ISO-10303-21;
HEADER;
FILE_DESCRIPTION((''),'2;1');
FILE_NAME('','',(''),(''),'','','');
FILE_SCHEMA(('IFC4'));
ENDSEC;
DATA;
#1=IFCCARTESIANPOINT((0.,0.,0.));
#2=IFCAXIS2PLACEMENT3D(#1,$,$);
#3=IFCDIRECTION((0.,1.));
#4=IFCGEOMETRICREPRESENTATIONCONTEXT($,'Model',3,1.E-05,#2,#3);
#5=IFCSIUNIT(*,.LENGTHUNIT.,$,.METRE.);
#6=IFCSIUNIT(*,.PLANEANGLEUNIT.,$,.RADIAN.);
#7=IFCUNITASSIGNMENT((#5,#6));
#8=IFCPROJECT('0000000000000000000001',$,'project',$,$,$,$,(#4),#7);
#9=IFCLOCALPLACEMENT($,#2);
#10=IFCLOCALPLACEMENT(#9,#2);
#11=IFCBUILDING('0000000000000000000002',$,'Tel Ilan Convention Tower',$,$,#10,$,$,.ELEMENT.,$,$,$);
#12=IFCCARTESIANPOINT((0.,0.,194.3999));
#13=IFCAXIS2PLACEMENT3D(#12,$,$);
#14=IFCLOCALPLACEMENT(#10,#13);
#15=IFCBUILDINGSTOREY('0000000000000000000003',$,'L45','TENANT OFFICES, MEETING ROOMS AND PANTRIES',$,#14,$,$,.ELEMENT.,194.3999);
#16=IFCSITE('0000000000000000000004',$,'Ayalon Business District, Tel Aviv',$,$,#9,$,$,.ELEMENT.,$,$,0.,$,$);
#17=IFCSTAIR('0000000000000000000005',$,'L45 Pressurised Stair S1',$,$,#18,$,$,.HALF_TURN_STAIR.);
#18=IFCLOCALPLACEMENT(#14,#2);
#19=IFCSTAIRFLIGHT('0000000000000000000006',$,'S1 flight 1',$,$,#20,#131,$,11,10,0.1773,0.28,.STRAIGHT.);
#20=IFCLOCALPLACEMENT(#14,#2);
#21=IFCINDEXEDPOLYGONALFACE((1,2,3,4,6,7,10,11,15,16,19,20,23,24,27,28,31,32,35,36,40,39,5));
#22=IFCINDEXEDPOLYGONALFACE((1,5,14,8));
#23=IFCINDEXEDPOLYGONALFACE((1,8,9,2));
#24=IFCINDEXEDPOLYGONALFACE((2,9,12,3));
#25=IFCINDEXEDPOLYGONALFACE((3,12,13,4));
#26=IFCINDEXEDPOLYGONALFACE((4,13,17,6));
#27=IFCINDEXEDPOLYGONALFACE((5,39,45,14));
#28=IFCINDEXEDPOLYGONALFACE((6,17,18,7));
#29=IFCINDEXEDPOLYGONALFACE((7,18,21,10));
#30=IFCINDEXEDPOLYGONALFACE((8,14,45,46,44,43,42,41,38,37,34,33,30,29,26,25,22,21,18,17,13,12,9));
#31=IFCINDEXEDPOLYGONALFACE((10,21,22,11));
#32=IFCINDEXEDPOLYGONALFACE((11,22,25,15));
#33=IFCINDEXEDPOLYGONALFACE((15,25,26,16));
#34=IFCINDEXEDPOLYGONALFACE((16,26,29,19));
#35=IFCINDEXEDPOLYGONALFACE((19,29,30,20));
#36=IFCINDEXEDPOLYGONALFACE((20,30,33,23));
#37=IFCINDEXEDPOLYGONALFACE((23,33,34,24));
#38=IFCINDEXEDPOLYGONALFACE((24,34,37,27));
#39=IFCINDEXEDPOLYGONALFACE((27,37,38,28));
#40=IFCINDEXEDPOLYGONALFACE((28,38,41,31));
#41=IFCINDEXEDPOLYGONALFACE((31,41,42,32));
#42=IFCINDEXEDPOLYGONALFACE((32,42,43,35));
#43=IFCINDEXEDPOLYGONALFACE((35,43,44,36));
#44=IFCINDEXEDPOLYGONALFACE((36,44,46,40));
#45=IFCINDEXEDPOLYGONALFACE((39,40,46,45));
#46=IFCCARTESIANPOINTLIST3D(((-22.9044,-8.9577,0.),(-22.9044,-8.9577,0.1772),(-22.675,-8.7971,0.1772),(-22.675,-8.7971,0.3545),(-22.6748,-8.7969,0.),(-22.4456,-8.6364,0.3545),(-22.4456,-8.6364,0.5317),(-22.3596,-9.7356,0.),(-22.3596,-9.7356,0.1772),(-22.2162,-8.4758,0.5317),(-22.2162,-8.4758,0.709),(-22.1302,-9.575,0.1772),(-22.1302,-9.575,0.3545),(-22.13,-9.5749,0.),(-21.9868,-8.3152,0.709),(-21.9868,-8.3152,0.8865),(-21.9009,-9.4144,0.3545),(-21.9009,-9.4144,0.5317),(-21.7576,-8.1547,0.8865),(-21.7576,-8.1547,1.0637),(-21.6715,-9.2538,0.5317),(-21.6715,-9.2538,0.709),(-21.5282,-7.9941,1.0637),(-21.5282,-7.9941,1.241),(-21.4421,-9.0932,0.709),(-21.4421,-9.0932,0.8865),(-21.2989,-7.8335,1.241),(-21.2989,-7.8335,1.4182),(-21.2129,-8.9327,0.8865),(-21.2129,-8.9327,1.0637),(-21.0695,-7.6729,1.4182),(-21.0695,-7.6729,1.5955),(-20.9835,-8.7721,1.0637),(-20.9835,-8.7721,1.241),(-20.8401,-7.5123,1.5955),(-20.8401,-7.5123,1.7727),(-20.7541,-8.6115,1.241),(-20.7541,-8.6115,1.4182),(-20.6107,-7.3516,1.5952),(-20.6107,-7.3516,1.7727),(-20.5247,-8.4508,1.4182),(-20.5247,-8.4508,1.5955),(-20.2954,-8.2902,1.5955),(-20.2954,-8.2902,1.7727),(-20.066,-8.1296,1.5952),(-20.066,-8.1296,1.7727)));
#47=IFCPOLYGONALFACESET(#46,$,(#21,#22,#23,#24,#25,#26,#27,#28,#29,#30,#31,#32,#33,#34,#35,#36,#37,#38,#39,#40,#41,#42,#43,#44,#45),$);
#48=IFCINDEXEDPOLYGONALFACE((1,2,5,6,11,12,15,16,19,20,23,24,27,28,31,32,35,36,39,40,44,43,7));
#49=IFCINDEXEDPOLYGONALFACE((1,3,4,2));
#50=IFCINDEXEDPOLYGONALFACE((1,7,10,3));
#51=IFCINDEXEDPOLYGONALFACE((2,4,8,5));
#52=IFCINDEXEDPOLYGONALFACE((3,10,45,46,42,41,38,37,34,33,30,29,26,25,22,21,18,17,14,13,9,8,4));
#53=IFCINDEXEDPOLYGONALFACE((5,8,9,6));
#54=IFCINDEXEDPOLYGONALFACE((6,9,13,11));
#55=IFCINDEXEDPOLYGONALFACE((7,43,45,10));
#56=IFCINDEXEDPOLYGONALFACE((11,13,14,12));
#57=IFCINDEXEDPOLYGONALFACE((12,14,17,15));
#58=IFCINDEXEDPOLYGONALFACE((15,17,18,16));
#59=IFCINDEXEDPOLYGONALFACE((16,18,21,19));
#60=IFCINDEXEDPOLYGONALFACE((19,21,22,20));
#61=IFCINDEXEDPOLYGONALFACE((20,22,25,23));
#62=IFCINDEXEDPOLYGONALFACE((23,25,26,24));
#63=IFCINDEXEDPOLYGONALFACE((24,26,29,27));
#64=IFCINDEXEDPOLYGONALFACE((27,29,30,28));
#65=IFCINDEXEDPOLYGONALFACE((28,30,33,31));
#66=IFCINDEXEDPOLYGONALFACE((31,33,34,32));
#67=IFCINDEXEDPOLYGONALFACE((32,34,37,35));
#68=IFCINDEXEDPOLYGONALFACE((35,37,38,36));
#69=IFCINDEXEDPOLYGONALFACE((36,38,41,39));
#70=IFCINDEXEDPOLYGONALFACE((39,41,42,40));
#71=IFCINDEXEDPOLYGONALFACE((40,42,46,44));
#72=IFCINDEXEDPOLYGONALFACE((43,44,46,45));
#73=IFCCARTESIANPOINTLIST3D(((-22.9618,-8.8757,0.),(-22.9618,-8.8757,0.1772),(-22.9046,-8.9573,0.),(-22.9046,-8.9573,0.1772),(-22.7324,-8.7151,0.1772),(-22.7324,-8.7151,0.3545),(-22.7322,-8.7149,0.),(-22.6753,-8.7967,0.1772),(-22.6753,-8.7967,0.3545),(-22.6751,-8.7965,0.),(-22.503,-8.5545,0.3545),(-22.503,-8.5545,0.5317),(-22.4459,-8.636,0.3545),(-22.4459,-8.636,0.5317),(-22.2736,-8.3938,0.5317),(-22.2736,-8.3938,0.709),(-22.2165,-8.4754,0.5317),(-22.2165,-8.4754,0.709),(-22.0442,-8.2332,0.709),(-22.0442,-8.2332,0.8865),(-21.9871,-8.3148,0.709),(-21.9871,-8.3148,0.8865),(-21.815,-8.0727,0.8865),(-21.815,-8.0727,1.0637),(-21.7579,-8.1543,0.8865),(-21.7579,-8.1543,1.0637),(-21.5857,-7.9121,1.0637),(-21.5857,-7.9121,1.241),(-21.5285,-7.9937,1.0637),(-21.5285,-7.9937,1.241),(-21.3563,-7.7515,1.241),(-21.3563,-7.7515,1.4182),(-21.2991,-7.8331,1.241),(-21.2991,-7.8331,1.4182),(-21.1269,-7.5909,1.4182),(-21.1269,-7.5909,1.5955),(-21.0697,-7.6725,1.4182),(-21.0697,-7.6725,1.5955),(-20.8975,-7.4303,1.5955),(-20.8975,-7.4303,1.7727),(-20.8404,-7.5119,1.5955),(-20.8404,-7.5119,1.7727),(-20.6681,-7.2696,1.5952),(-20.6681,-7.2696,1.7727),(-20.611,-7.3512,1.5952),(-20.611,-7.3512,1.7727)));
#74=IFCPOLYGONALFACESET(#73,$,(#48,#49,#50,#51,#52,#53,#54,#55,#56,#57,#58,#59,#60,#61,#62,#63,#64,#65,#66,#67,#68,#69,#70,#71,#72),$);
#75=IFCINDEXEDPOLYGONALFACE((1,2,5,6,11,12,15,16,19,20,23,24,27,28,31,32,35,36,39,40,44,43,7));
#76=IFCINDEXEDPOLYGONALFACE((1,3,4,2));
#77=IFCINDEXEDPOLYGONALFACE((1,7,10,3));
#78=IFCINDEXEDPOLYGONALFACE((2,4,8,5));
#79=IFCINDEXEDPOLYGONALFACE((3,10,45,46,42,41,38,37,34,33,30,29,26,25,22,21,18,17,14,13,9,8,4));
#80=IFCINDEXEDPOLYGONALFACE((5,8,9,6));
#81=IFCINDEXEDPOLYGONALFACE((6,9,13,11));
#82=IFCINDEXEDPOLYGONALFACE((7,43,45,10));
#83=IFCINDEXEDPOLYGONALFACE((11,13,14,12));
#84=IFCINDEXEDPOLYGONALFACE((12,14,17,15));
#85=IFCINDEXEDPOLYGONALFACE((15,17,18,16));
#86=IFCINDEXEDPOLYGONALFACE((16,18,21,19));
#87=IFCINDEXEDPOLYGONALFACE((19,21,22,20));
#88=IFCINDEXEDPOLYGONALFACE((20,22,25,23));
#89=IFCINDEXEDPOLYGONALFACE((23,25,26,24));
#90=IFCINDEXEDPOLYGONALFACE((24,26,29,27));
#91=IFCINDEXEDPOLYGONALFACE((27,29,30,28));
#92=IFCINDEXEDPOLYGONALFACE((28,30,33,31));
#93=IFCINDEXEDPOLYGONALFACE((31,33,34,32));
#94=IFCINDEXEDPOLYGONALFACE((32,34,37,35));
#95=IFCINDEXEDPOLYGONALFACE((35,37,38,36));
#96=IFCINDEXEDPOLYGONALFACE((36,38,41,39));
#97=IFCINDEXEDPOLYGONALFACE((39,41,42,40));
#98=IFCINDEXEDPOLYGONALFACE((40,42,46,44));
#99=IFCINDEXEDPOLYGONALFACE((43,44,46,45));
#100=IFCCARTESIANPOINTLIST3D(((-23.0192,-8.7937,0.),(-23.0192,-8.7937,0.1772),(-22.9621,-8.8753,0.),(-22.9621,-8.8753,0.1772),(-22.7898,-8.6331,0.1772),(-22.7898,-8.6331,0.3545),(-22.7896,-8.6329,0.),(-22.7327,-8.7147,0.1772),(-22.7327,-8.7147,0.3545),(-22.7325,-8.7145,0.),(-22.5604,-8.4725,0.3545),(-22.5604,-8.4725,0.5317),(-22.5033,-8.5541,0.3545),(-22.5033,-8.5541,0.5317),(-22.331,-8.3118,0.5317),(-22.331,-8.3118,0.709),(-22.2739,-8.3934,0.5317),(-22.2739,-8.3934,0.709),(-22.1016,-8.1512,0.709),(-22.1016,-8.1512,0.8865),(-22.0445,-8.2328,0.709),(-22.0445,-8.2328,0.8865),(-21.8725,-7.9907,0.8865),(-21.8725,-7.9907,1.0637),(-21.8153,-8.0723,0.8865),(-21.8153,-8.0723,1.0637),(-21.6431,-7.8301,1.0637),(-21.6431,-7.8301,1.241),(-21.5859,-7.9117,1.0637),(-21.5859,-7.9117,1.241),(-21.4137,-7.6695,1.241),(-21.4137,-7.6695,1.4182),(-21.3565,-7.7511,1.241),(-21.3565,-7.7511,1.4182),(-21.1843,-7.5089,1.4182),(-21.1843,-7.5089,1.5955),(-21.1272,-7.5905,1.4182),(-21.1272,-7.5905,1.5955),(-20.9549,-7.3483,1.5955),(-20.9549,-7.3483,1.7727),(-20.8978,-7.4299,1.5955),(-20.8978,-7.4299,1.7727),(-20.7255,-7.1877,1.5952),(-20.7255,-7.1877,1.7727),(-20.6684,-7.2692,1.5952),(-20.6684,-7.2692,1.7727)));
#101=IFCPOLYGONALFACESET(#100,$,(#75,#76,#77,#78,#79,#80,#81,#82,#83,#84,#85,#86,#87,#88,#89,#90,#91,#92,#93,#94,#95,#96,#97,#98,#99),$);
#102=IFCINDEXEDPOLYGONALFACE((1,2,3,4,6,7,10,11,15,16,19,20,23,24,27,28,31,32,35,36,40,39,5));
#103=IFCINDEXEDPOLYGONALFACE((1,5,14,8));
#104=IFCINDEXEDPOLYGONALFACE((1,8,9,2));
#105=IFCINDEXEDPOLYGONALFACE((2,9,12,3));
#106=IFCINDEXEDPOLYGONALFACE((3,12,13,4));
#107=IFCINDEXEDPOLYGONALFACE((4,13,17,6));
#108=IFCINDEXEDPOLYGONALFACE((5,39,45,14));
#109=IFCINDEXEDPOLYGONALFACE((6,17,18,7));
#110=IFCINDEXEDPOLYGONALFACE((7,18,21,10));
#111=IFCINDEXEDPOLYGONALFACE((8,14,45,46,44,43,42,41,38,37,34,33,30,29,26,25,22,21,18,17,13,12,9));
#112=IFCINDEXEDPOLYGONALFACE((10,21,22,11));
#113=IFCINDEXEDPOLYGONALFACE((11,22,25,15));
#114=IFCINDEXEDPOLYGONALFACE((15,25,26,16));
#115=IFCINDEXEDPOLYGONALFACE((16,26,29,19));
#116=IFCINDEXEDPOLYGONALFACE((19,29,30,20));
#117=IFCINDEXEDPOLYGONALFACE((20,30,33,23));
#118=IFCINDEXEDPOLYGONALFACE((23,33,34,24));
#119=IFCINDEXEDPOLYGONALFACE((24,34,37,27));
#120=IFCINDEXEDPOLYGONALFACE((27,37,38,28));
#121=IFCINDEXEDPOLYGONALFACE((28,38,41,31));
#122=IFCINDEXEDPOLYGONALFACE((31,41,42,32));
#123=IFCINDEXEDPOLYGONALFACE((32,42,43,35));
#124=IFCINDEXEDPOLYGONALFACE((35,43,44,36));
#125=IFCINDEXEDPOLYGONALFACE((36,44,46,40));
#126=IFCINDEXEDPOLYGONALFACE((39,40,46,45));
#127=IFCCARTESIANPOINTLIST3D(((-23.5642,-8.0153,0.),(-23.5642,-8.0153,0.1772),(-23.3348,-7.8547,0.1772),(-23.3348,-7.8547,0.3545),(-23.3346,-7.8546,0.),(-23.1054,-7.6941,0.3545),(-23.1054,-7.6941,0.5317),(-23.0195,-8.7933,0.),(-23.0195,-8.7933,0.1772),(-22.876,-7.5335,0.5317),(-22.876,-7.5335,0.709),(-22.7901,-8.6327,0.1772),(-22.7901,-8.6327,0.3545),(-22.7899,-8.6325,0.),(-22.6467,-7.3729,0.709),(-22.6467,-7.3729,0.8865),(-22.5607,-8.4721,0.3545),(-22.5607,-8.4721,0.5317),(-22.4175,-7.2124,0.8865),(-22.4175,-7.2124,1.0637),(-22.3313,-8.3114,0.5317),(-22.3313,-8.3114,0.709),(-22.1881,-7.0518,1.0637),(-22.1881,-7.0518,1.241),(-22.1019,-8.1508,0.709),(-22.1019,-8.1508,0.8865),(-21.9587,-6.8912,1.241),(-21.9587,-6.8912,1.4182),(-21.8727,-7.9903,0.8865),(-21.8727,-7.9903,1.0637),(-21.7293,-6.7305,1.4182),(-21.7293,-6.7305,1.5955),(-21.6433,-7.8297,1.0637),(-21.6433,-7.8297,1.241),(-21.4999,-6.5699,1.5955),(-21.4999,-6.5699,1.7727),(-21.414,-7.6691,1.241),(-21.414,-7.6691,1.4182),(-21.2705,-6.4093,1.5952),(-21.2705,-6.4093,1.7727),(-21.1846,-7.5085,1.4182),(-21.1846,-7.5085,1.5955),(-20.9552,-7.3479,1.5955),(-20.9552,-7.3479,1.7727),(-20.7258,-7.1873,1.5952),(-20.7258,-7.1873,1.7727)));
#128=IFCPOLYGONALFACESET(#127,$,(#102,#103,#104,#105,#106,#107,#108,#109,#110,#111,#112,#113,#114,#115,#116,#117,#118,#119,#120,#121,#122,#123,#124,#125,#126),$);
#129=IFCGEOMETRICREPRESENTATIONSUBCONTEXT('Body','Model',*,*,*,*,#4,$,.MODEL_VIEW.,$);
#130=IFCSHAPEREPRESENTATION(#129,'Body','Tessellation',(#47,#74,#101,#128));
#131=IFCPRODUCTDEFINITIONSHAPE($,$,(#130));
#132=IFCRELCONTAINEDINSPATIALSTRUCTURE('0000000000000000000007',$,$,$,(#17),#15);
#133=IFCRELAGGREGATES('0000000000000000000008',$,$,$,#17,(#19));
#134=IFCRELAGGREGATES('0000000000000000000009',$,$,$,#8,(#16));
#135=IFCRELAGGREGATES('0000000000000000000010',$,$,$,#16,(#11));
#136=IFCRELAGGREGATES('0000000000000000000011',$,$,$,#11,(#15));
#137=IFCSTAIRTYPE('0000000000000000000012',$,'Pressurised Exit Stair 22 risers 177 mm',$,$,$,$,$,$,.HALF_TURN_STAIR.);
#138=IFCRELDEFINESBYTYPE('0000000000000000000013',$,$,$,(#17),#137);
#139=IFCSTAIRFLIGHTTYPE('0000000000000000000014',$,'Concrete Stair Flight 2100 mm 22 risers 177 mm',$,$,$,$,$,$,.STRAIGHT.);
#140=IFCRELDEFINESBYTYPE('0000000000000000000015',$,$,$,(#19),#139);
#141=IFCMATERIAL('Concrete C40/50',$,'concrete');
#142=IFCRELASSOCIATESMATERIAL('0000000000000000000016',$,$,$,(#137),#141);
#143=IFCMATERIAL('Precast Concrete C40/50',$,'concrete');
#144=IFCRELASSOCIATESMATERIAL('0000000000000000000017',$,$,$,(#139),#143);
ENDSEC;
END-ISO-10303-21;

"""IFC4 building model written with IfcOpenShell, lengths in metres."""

from ifc_helpers import new_model, si_unit, direction, frame, origin, place, context, subcontext, project, spatial, polyline, outline, extrude, material, type_object, element, aggregate, save


model = new_model("IFC4")

# Units and contexts
model_context = context("Model", 3, precision=1e-05, world=origin(), true_north=direction((0.0, 1.0)))
body_context = subcontext(model_context, "Body", "Model", "MODEL_VIEW")
ifc_project = project(units=[si_unit("LENGTHUNIT", "METRE"), si_unit("PLANEANGLEUNIT", "RADIAN")], contexts=[model_context])

# Site, building, storey
site_placement = place(None, origin())
site = spatial("IfcSite", under=ifc_project, at=site_placement, Name="Ayalon Business District, Tel Aviv", CompositionType="ELEMENT", RefElevation=0.0)
building_placement = place(site_placement, origin())
building = spatial("IfcBuilding", under=site, at=building_placement, Name="Tel Ilan Convention Tower", CompositionType="ELEMENT")
storey_placement = place(building_placement, frame((0.0, 0.0, 194.3999)))
storey = spatial("IfcBuildingStorey", under=building, at=storey_placement, Name="L45", Description="TENANT OFFICES, MEETING ROOMS AND PANTRIES", CompositionType="ELEMENT", Elevation=194.3999)

# Stair, stair flight
ifc_material_1 = material(Name="Concrete C40/50", Category="concrete")
stair_type = type_object("IfcStairType", Name="Pressurised Exit Stair 22 risers 177 mm", PredefinedType="HALF_TURN_STAIR", material=ifc_material_1)
stair_1_placement = place(storey_placement, origin())
stair_1 = element("IfcStair", 1, at=stair_1_placement, inside=storey, type_object=stair_type, Name="L45 Pressurised Stair S1", PredefinedType="HALF_TURN_STAIR")
ifc_material_2 = material(Name="Precast Concrete C40/50", Category="concrete")
stair_flight_type = type_object("IfcStairFlightType", Name="Concrete Stair Flight 2100 mm 22 risers 177 mm", PredefinedType="STRAIGHT", material=ifc_material_2)
stair_flight_1_placement = place(storey_placement, frame((-22.9619, -8.8755, 0.0), z_axis=(0.0, 0.0, 1.0), x_axis=(0.819152, 0.573576, 0.0)))
stair_flight_1 = element("IfcStairFlight", 2, at=stair_flight_1_placement, type_object=stair_flight_type, Name="S1 flight 1", NumberOfRisers=11, NumberOfTreads=10, PredefinedType="STRAIGHT", RiserHeight=0.1773, TreadLength=0.28, context=body_context, shape_type="SweptSolid", body=[
    extrude(outline(polyline([(0.0, 0.0), (0.0, 0.1772), (0.28, 0.1772), (0.28, 0.3545), (0.5601, 0.3545), (0.5601, 0.5317), (0.8401, 0.5317), (0.8401, 0.709), (1.1201, 0.709), (1.1201, 0.8865), (1.3999, 0.8865), (1.3999, 1.0637), (1.6799, 1.0637), (1.6799, 1.241), (1.96, 1.241), (1.96, 1.4182), (2.24, 1.4182), (2.24, 1.5955), (2.52, 1.5955), (2.52, 1.7727), (2.8, 1.7727), (2.8, 1.95), (2.8, 1.5952), (0.2803, 0.0), (0.0, 0.0)])), frame((0.0, -0.1003, 0.0), z_axis=(0.0, -1.0, 0.0), x_axis=(1.0, 0.0, 0.0)), (0.0, 0.0, 1.0), 0.9497),
    extrude(outline(polyline([(0.0, 0.0), (0.0, 0.1772), (0.28, 0.1772), (0.28, 0.3545), (0.5601, 0.3545), (0.5601, 0.5317), (0.8401, 0.5317), (0.8401, 0.709), (1.1201, 0.709), (1.1201, 0.8865), (1.3999, 0.8865), (1.3999, 1.0637), (1.6799, 1.0637), (1.6799, 1.241), (1.96, 1.241), (1.96, 1.4182), (2.24, 1.4182), (2.24, 1.5955), (2.52, 1.5955), (2.52, 1.7727), (2.8, 1.7727), (2.8, 1.95), (2.8, 1.5952), (0.2803, 0.0), (0.0, 0.0)])), frame((0.0, -0.0002, 0.0), z_axis=(0.0, -1.0, 0.0), x_axis=(1.0, 0.0, 0.0)), (0.0, 0.0, 1.0), 0.0996),
    extrude(outline(polyline([(0.0, 0.0), (0.0, 0.1772), (0.28, 0.1772), (0.28, 0.3545), (0.5601, 0.3545), (0.5601, 0.5317), (0.8401, 0.5317), (0.8401, 0.709), (1.1201, 0.709), (1.1201, 0.8865), (1.3999, 0.8865), (1.3999, 1.0637), (1.6799, 1.0637), (1.6799, 1.241), (1.96, 1.241), (1.96, 1.4182), (2.24, 1.4182), (2.24, 1.5955), (2.52, 1.5955), (2.52, 1.7727), (2.8, 1.7727), (2.8, 1.95), (2.8, 1.5952), (0.2803, 0.0), (0.0, 0.0)])), frame((0.0, 0.0999, 0.0), z_axis=(0.0, -1.0, 0.0), x_axis=(1.0, 0.0, 0.0)), (0.0, 0.0, 1.0), 0.0996),
    extrude(outline(polyline([(0.0, 0.0), (0.0, 0.1772), (0.28, 0.1772), (0.28, 0.3545), (0.5601, 0.3545), (0.5601, 0.5317), (0.8401, 0.5317), (0.8401, 0.709), (1.1201, 0.709), (1.1201, 0.8865), (1.3999, 0.8865), (1.3999, 1.0637), (1.6799, 1.0637), (1.6799, 1.241), (1.96, 1.241), (1.96, 1.4182), (2.24, 1.4182), (2.24, 1.5955), (2.52, 1.5955), (2.52, 1.7727), (2.8, 1.7727), (2.8, 1.95), (2.8, 1.5952), (0.2803, 0.0), (0.0, 0.0)])), frame((0.0, 1.05, 0.0), z_axis=(0.0, -1.0, 0.0), x_axis=(1.0, 0.0, 0.0)), (0.0, 0.0, 1.0), 0.9497),
])
aggregate(stair_1, [stair_flight_1])

save(model, "model.ifc")
